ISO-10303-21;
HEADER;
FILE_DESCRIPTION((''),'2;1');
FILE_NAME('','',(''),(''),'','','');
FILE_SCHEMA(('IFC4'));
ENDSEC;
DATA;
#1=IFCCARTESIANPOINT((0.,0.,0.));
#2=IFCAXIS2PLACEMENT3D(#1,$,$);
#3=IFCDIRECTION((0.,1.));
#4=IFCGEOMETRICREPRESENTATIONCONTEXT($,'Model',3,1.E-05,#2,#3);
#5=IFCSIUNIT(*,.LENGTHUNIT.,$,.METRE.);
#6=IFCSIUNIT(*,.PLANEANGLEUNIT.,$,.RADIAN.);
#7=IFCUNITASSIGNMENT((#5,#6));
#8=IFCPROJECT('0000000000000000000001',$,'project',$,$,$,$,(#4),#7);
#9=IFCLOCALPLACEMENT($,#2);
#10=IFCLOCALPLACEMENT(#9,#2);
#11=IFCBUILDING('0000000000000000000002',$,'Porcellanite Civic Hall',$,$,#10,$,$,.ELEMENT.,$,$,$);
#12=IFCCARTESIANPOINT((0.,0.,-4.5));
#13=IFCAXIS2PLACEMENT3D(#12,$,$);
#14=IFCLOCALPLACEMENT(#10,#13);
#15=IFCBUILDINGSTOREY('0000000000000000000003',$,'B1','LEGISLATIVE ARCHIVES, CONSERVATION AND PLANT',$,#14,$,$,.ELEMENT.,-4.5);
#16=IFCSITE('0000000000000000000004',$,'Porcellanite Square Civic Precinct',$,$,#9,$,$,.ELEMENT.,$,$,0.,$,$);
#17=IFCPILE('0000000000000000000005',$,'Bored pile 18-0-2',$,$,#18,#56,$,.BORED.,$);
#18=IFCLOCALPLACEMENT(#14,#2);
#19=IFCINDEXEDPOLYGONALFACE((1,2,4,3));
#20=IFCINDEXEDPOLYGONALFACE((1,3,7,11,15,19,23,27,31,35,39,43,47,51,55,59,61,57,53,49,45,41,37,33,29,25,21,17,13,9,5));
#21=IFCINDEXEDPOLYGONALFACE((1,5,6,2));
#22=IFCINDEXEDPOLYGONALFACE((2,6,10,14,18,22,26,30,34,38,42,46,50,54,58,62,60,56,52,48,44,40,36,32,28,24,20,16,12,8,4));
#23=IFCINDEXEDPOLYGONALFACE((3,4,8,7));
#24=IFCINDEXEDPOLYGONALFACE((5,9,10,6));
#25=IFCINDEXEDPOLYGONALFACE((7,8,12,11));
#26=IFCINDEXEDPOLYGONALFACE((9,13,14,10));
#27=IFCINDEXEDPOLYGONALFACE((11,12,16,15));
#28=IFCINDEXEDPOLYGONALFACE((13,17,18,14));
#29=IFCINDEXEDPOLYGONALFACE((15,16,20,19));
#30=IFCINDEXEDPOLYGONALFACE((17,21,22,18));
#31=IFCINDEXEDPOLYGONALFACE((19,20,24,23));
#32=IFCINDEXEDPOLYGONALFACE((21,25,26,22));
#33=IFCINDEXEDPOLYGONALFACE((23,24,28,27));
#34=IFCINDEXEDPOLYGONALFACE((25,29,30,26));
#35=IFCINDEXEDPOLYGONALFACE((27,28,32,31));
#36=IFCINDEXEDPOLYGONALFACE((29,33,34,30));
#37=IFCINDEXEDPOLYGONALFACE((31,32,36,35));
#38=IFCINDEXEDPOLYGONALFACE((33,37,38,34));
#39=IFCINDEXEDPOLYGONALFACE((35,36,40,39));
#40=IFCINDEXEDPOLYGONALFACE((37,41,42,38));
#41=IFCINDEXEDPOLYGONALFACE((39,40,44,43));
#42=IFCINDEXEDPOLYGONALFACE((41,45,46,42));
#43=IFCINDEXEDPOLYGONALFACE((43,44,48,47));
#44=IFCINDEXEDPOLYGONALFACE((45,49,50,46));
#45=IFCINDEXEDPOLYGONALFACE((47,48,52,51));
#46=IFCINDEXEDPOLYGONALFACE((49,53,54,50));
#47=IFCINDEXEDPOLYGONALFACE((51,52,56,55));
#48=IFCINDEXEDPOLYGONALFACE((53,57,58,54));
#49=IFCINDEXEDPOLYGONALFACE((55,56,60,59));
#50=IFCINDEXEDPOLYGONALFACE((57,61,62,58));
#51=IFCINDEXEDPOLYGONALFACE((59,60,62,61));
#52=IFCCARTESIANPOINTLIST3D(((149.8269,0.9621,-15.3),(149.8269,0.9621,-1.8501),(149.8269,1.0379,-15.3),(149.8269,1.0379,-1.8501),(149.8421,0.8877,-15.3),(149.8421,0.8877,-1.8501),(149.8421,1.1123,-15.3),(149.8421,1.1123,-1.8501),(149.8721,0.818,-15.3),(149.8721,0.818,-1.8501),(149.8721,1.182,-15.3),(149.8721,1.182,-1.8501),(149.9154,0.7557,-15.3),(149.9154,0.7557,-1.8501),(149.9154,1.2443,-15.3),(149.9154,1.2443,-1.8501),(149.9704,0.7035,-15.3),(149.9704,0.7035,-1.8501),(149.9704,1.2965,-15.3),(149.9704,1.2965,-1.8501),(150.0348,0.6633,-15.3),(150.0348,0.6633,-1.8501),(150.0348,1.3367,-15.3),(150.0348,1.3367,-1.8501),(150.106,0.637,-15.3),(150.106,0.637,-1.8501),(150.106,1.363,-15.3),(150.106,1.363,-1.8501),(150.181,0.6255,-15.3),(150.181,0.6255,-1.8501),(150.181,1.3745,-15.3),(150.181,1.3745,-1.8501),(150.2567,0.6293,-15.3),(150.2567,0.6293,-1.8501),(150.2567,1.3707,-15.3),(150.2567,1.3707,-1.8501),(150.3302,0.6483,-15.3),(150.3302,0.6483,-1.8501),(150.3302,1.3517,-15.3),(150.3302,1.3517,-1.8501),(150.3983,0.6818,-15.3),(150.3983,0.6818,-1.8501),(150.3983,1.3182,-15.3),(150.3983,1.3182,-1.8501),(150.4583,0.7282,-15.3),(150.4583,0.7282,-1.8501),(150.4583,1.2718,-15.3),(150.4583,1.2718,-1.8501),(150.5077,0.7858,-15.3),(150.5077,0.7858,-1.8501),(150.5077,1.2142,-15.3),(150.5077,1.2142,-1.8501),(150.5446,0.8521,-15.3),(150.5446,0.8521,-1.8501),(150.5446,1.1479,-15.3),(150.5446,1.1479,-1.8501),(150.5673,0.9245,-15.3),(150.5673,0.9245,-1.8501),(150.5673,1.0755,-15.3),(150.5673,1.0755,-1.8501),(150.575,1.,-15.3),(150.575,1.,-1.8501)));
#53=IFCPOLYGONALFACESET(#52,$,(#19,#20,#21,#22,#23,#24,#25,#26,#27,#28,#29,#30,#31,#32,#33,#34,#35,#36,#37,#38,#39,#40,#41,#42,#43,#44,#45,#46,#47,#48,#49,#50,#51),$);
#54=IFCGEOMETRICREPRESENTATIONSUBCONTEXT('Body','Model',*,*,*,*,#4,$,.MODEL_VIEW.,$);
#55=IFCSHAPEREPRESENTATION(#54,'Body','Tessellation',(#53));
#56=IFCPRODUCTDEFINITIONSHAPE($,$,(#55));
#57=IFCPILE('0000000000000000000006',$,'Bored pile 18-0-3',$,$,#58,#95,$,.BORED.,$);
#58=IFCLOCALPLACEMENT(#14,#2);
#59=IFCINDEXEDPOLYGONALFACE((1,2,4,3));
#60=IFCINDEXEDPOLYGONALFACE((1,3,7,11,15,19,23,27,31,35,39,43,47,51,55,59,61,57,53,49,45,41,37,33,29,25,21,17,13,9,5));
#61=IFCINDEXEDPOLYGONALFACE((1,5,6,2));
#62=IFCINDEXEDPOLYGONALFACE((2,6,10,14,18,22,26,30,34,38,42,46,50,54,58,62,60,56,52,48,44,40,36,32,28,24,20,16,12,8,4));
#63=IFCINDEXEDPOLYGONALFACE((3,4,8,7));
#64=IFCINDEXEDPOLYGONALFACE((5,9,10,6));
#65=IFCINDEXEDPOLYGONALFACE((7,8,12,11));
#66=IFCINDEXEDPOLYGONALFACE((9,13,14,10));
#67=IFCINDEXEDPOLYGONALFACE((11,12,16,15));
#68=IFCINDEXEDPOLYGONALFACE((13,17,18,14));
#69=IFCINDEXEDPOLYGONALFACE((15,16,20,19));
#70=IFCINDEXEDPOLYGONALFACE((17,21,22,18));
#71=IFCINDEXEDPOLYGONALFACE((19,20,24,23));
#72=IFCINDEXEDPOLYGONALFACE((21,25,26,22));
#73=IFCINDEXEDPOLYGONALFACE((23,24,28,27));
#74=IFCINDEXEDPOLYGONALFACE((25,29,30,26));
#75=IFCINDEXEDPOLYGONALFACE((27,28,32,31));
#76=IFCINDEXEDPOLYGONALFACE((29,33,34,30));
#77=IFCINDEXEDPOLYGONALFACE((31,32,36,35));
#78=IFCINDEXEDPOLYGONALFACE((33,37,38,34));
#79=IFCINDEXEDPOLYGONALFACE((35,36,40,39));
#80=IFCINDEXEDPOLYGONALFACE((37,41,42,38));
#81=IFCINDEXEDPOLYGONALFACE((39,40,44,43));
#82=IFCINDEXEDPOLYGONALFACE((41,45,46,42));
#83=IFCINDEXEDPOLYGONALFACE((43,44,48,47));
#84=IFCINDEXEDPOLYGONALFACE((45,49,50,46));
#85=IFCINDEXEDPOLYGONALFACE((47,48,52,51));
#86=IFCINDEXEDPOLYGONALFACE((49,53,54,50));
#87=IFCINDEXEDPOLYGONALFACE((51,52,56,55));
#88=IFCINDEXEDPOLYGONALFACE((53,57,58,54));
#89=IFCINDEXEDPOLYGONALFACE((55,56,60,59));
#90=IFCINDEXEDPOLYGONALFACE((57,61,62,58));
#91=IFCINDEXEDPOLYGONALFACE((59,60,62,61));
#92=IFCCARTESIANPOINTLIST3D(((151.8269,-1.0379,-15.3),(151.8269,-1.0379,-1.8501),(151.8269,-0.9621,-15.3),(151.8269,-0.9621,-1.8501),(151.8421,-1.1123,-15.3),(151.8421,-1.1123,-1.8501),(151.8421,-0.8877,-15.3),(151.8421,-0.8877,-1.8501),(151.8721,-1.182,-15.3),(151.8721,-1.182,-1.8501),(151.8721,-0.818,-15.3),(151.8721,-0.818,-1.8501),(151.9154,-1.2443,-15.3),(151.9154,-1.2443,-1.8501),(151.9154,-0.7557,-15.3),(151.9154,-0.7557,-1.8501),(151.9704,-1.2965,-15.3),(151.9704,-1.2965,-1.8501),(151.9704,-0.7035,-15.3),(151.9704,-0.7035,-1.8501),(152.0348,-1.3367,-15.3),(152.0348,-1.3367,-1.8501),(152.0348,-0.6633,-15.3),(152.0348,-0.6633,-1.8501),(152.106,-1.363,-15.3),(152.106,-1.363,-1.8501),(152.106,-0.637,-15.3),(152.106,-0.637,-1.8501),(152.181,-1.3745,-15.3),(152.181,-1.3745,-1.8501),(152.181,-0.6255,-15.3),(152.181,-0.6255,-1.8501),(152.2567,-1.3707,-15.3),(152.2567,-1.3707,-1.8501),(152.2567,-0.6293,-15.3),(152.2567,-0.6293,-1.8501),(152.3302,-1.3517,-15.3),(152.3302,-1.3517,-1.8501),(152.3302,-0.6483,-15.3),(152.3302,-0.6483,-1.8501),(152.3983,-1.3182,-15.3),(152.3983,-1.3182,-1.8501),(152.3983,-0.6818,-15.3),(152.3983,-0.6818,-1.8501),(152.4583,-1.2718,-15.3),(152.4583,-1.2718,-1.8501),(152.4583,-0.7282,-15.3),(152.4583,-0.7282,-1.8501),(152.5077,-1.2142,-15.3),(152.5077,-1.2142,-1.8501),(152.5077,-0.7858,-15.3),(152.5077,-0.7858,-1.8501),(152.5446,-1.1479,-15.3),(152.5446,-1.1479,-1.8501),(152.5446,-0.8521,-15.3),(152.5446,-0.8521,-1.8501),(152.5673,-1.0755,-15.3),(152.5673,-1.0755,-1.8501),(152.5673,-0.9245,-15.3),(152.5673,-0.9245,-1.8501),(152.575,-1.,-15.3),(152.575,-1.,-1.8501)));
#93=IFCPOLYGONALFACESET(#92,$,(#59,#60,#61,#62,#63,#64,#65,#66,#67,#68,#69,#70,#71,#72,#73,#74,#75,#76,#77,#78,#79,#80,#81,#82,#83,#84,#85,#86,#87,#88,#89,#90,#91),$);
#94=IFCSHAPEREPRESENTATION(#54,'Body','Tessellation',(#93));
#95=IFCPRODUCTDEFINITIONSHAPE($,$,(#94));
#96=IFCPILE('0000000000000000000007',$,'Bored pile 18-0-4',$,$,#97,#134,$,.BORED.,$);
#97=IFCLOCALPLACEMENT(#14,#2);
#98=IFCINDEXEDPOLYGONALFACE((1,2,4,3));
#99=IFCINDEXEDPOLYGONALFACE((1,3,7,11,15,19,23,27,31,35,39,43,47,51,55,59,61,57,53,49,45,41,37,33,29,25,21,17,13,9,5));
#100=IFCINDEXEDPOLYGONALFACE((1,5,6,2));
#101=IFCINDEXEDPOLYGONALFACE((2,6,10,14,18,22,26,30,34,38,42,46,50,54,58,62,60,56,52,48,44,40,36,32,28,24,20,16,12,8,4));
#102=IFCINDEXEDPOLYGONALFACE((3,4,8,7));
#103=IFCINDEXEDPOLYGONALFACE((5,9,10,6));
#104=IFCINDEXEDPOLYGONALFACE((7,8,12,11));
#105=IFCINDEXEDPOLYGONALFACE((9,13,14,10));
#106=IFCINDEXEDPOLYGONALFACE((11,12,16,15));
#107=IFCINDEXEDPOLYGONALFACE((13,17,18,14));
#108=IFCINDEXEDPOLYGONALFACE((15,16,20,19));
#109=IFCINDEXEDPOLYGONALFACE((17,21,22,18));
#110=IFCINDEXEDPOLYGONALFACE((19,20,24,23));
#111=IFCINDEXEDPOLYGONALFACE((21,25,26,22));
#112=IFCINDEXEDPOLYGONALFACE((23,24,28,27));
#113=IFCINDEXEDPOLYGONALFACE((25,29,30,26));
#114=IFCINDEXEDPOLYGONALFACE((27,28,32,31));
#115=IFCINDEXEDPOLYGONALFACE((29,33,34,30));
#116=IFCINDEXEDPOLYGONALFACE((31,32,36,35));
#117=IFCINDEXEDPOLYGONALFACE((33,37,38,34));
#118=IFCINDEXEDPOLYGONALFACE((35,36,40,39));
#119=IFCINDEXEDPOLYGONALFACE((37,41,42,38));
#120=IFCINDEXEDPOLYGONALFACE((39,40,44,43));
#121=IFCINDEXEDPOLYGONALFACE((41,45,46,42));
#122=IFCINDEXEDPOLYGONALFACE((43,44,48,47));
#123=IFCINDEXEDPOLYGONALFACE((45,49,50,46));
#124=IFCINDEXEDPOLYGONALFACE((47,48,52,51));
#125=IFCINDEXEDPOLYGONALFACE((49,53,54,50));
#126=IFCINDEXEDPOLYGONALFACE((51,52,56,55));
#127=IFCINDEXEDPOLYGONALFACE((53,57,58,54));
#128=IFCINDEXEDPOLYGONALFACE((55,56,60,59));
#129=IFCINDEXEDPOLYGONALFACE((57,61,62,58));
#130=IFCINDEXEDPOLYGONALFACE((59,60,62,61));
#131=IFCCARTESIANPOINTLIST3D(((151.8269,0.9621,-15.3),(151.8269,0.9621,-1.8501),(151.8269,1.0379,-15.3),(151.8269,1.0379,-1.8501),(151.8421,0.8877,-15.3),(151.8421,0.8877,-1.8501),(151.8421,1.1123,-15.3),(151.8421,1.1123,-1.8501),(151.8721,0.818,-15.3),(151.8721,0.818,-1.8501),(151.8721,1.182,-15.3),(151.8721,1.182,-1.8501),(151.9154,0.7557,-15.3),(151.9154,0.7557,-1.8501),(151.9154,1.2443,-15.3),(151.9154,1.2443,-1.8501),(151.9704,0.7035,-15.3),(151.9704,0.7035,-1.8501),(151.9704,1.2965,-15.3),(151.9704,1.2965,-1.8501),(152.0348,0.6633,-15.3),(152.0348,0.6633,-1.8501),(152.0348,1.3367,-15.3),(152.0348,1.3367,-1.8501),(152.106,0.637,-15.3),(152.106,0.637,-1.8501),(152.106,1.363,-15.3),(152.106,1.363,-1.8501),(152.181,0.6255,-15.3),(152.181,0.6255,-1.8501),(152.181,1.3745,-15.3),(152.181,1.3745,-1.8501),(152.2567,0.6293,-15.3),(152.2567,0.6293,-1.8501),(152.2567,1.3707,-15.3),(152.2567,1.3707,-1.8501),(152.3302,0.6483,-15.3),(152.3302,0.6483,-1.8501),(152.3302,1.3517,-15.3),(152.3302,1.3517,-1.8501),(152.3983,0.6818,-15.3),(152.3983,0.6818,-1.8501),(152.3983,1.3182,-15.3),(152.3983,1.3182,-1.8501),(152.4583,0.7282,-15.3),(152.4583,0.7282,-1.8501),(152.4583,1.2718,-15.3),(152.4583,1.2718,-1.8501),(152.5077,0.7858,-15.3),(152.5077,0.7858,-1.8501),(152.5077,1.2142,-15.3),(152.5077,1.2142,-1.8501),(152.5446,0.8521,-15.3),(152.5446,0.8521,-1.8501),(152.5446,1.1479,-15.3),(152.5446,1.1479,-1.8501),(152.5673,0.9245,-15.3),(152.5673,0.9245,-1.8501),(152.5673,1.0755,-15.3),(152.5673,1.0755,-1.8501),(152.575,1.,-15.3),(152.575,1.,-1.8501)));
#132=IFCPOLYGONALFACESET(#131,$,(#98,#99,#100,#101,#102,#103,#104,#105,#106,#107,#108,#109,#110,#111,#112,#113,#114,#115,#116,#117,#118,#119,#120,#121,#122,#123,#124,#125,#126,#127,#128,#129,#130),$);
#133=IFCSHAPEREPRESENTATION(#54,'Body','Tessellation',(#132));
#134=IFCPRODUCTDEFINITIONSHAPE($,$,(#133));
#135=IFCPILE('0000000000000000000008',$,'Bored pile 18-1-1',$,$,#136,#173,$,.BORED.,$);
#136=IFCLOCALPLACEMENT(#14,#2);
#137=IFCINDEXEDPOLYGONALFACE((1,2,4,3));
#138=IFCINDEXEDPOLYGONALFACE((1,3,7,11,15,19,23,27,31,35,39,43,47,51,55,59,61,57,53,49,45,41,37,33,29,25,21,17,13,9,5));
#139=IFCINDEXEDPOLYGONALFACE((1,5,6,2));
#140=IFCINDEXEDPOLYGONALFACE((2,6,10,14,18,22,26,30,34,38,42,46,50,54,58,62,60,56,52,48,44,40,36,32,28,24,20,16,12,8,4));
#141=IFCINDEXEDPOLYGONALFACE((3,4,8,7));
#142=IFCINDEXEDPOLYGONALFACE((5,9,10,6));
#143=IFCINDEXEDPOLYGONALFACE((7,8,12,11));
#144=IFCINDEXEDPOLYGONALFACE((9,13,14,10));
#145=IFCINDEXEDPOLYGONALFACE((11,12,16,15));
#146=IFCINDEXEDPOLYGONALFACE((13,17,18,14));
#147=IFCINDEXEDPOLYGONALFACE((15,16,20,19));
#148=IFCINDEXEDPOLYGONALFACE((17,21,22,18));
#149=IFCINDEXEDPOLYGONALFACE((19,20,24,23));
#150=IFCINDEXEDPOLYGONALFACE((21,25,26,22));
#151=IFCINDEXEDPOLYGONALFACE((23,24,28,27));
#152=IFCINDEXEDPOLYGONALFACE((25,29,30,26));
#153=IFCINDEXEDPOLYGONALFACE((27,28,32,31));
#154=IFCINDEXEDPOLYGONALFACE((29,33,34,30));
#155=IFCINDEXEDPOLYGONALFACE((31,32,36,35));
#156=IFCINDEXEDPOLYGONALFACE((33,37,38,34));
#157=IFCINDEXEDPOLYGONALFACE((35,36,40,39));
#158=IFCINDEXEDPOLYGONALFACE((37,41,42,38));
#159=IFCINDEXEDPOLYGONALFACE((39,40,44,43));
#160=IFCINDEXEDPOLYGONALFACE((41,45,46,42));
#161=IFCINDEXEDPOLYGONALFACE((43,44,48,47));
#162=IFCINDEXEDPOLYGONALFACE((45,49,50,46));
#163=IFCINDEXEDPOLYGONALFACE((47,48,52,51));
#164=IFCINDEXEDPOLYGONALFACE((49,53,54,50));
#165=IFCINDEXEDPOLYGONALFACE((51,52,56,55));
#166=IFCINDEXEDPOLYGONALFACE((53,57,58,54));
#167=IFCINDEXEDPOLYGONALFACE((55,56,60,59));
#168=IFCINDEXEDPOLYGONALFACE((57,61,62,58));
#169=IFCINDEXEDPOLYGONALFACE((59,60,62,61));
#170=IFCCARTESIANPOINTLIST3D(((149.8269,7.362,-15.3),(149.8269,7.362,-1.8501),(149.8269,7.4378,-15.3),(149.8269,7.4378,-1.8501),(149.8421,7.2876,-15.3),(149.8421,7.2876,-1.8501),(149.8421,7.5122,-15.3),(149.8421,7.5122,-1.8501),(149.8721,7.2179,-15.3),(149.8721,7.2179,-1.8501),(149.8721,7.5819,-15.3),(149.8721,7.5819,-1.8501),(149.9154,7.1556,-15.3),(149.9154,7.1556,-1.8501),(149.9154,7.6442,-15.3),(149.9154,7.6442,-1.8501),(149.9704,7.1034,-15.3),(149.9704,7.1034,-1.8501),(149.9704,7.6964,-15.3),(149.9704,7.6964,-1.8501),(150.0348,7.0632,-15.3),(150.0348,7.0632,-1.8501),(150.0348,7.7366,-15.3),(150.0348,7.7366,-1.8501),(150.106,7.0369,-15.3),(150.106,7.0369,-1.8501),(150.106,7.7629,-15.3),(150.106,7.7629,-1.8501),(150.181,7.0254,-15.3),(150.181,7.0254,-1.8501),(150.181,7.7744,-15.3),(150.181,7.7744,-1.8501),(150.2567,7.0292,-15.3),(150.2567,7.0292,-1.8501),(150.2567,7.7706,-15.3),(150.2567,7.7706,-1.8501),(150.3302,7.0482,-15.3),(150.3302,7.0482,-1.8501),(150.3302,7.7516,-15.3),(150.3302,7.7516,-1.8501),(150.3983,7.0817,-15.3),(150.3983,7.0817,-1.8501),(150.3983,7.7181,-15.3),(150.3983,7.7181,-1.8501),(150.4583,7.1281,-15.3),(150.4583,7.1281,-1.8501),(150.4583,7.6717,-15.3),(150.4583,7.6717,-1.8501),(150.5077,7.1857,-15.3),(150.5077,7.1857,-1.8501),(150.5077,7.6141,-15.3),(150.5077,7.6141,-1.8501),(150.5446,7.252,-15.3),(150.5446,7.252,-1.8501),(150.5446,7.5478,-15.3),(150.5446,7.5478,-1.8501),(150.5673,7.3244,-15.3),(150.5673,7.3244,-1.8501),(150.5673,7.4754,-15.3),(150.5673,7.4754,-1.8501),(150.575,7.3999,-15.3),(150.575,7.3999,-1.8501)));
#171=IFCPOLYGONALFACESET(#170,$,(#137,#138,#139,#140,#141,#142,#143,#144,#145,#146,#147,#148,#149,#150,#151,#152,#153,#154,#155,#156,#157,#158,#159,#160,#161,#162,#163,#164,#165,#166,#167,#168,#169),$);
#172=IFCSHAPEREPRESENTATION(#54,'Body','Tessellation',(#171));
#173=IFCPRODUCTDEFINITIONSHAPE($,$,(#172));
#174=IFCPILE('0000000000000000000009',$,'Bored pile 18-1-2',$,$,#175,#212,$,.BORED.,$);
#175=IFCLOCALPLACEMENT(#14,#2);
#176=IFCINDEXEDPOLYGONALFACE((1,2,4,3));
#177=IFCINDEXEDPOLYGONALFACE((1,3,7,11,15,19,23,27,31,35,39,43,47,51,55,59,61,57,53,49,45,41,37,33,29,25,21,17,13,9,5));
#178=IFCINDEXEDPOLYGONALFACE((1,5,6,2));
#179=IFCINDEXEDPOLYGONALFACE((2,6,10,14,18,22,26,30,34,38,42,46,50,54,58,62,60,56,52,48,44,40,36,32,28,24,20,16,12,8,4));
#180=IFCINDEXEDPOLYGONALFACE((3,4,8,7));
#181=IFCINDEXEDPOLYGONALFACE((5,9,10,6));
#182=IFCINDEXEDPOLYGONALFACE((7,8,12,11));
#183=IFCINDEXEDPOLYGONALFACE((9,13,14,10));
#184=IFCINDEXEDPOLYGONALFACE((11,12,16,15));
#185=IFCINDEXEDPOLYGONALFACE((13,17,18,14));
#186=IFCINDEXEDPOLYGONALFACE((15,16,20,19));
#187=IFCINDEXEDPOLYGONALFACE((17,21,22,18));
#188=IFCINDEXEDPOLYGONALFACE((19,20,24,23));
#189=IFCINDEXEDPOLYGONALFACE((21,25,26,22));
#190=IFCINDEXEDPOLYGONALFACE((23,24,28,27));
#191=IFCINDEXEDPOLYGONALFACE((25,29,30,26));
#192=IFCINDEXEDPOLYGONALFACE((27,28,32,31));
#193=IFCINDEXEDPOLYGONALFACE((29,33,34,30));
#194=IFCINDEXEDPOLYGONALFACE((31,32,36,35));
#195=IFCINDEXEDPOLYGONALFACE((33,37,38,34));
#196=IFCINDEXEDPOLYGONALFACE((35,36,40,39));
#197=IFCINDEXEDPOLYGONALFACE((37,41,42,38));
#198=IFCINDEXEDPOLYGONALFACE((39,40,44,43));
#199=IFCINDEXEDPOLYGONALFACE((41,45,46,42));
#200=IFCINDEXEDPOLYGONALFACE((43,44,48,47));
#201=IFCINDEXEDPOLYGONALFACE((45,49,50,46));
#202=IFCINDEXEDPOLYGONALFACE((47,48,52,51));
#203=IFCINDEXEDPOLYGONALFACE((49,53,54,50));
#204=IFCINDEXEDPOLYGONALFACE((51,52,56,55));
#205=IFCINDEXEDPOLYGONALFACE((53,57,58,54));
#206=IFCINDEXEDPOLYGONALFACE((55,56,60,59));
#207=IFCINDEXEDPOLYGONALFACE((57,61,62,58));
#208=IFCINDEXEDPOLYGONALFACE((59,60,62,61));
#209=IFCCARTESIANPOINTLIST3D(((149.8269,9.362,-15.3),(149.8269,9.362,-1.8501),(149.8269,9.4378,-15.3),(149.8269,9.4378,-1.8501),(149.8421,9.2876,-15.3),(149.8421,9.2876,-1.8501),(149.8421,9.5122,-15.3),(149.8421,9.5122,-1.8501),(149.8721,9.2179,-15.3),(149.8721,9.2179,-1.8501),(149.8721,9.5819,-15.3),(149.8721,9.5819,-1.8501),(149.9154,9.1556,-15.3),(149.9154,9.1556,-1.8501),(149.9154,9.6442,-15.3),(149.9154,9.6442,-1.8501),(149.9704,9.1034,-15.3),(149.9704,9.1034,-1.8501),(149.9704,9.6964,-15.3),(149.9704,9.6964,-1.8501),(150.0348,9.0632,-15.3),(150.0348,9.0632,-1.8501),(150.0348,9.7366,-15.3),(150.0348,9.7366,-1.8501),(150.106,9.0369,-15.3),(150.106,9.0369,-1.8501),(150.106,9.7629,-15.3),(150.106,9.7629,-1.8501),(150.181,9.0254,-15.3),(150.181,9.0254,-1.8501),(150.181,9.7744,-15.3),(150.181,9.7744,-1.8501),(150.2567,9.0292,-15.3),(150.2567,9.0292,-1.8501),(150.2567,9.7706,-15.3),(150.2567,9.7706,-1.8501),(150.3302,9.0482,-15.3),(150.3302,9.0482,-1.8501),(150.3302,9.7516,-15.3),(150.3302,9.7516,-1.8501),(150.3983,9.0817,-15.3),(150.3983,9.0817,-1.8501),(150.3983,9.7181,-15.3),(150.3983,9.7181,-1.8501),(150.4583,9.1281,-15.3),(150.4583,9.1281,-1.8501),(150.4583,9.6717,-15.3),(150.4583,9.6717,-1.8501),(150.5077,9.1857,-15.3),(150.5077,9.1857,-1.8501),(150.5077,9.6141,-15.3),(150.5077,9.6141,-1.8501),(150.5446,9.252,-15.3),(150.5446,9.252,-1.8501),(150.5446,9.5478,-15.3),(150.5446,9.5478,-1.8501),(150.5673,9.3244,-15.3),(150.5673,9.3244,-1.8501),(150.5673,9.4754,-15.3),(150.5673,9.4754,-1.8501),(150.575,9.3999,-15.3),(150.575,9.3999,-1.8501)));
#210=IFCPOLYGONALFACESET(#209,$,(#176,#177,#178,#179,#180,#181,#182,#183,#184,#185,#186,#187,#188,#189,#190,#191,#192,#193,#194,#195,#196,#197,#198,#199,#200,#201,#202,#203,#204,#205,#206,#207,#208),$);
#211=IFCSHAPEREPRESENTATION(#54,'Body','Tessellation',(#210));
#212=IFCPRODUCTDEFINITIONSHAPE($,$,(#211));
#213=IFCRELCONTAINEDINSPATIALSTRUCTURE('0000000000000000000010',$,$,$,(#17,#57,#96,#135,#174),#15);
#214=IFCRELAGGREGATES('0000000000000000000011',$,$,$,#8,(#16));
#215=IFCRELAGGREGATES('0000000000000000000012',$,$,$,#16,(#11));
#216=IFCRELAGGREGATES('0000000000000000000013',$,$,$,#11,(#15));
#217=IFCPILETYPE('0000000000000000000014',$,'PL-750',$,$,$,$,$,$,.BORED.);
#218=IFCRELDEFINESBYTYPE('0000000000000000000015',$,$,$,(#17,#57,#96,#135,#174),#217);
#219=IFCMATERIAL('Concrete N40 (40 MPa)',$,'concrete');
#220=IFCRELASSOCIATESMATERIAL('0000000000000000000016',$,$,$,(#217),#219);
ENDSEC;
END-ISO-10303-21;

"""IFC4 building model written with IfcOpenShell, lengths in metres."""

from ifc_helpers import new_model, si_unit, direction, frame, origin, origin_2d, place, context, subcontext, project, spatial, circle, extrude, material, material_profile, profile_set, type_object, element, save


model = new_model("IFC4")

# Units and contexts
model_context = context("Model", 3, precision=1e-05, world=origin(), true_north=direction((0.0, 1.0)))
body_context = subcontext(model_context, "Body", "Model", "MODEL_VIEW")
ifc_project = project(units=[si_unit("LENGTHUNIT", "METRE"), si_unit("PLANEANGLEUNIT", "RADIAN")], contexts=[model_context])

# Site, building, storey
site_placement = place(None, origin())
site = spatial("IfcSite", under=ifc_project, at=site_placement, Name="Porcellanite Square Civic Precinct", CompositionType="ELEMENT", RefElevation=0.0)
building_placement = place(site_placement, origin())
building = spatial("IfcBuilding", under=site, at=building_placement, Name="Porcellanite Civic Hall", CompositionType="ELEMENT")
storey_placement = place(building_placement, frame((0.0, 0.0, -4.5)))
storey = spatial("IfcBuildingStorey", under=building, at=storey_placement, Name="B1", Description="LEGISLATIVE ARCHIVES, CONSERVATION AND PLANT", CompositionType="ELEMENT", Elevation=-4.5)

# Piles
ifc_material_1 = material(Name="Concrete N40 (40 MPa)", Category="concrete")
ifc_material_profile_1 = material_profile(ifc_material_1, circle(Radius=0.375, at=origin_2d()), Name="PILE-D750")
ifc_profile_set_1 = profile_set([ifc_material_profile_1], Name="Concrete N40 (40 MPa)")
pile_type_1 = type_object("IfcPileType", Name="PL-750", PredefinedType="BORED", material=ifc_profile_set_1)
for number, where, z_axis, x_axis, name in (
    (1, (150.2, 1.0, -1.8501), (0.0, 0.0, -1.0), (1.0, 0.0, 0.0), "Bored pile 18-0-2"),
    (2, (152.2, -1.0, -1.8501), (0.0, 0.0, -1.0), (1.0, 0.0, 0.0), "Bored pile 18-0-3"),
    (3, (152.2, 1.0, -1.8501), (0.0, 0.0, -1.0), (1.0, 0.0, 0.0), "Bored pile 18-0-4"),
    (4, (150.2, 7.3999, -1.8501), (0.0, 0.0, -1.0), (1.0, 0.0, 0.0), "Bored pile 18-1-1"),
    (5, (150.2, 9.3999, -1.8501), (0.0, 0.0, -1.0), (1.0, 0.0, 0.0), "Bored pile 18-1-2"),
):
    element("IfcPile", number, at=place(storey_placement, frame(where, z_axis=z_axis, x_axis=x_axis)), inside=storey, type_object=pile_type_1, Name=name, PredefinedType="BORED", context=body_context, shape_type="SweptSolid", body=[
        extrude(circle(Radius=0.375, at=origin_2d()), origin(), (0.0, 0.0, 1.0), 13.45),
    ])

save(model, "model.ifc")
